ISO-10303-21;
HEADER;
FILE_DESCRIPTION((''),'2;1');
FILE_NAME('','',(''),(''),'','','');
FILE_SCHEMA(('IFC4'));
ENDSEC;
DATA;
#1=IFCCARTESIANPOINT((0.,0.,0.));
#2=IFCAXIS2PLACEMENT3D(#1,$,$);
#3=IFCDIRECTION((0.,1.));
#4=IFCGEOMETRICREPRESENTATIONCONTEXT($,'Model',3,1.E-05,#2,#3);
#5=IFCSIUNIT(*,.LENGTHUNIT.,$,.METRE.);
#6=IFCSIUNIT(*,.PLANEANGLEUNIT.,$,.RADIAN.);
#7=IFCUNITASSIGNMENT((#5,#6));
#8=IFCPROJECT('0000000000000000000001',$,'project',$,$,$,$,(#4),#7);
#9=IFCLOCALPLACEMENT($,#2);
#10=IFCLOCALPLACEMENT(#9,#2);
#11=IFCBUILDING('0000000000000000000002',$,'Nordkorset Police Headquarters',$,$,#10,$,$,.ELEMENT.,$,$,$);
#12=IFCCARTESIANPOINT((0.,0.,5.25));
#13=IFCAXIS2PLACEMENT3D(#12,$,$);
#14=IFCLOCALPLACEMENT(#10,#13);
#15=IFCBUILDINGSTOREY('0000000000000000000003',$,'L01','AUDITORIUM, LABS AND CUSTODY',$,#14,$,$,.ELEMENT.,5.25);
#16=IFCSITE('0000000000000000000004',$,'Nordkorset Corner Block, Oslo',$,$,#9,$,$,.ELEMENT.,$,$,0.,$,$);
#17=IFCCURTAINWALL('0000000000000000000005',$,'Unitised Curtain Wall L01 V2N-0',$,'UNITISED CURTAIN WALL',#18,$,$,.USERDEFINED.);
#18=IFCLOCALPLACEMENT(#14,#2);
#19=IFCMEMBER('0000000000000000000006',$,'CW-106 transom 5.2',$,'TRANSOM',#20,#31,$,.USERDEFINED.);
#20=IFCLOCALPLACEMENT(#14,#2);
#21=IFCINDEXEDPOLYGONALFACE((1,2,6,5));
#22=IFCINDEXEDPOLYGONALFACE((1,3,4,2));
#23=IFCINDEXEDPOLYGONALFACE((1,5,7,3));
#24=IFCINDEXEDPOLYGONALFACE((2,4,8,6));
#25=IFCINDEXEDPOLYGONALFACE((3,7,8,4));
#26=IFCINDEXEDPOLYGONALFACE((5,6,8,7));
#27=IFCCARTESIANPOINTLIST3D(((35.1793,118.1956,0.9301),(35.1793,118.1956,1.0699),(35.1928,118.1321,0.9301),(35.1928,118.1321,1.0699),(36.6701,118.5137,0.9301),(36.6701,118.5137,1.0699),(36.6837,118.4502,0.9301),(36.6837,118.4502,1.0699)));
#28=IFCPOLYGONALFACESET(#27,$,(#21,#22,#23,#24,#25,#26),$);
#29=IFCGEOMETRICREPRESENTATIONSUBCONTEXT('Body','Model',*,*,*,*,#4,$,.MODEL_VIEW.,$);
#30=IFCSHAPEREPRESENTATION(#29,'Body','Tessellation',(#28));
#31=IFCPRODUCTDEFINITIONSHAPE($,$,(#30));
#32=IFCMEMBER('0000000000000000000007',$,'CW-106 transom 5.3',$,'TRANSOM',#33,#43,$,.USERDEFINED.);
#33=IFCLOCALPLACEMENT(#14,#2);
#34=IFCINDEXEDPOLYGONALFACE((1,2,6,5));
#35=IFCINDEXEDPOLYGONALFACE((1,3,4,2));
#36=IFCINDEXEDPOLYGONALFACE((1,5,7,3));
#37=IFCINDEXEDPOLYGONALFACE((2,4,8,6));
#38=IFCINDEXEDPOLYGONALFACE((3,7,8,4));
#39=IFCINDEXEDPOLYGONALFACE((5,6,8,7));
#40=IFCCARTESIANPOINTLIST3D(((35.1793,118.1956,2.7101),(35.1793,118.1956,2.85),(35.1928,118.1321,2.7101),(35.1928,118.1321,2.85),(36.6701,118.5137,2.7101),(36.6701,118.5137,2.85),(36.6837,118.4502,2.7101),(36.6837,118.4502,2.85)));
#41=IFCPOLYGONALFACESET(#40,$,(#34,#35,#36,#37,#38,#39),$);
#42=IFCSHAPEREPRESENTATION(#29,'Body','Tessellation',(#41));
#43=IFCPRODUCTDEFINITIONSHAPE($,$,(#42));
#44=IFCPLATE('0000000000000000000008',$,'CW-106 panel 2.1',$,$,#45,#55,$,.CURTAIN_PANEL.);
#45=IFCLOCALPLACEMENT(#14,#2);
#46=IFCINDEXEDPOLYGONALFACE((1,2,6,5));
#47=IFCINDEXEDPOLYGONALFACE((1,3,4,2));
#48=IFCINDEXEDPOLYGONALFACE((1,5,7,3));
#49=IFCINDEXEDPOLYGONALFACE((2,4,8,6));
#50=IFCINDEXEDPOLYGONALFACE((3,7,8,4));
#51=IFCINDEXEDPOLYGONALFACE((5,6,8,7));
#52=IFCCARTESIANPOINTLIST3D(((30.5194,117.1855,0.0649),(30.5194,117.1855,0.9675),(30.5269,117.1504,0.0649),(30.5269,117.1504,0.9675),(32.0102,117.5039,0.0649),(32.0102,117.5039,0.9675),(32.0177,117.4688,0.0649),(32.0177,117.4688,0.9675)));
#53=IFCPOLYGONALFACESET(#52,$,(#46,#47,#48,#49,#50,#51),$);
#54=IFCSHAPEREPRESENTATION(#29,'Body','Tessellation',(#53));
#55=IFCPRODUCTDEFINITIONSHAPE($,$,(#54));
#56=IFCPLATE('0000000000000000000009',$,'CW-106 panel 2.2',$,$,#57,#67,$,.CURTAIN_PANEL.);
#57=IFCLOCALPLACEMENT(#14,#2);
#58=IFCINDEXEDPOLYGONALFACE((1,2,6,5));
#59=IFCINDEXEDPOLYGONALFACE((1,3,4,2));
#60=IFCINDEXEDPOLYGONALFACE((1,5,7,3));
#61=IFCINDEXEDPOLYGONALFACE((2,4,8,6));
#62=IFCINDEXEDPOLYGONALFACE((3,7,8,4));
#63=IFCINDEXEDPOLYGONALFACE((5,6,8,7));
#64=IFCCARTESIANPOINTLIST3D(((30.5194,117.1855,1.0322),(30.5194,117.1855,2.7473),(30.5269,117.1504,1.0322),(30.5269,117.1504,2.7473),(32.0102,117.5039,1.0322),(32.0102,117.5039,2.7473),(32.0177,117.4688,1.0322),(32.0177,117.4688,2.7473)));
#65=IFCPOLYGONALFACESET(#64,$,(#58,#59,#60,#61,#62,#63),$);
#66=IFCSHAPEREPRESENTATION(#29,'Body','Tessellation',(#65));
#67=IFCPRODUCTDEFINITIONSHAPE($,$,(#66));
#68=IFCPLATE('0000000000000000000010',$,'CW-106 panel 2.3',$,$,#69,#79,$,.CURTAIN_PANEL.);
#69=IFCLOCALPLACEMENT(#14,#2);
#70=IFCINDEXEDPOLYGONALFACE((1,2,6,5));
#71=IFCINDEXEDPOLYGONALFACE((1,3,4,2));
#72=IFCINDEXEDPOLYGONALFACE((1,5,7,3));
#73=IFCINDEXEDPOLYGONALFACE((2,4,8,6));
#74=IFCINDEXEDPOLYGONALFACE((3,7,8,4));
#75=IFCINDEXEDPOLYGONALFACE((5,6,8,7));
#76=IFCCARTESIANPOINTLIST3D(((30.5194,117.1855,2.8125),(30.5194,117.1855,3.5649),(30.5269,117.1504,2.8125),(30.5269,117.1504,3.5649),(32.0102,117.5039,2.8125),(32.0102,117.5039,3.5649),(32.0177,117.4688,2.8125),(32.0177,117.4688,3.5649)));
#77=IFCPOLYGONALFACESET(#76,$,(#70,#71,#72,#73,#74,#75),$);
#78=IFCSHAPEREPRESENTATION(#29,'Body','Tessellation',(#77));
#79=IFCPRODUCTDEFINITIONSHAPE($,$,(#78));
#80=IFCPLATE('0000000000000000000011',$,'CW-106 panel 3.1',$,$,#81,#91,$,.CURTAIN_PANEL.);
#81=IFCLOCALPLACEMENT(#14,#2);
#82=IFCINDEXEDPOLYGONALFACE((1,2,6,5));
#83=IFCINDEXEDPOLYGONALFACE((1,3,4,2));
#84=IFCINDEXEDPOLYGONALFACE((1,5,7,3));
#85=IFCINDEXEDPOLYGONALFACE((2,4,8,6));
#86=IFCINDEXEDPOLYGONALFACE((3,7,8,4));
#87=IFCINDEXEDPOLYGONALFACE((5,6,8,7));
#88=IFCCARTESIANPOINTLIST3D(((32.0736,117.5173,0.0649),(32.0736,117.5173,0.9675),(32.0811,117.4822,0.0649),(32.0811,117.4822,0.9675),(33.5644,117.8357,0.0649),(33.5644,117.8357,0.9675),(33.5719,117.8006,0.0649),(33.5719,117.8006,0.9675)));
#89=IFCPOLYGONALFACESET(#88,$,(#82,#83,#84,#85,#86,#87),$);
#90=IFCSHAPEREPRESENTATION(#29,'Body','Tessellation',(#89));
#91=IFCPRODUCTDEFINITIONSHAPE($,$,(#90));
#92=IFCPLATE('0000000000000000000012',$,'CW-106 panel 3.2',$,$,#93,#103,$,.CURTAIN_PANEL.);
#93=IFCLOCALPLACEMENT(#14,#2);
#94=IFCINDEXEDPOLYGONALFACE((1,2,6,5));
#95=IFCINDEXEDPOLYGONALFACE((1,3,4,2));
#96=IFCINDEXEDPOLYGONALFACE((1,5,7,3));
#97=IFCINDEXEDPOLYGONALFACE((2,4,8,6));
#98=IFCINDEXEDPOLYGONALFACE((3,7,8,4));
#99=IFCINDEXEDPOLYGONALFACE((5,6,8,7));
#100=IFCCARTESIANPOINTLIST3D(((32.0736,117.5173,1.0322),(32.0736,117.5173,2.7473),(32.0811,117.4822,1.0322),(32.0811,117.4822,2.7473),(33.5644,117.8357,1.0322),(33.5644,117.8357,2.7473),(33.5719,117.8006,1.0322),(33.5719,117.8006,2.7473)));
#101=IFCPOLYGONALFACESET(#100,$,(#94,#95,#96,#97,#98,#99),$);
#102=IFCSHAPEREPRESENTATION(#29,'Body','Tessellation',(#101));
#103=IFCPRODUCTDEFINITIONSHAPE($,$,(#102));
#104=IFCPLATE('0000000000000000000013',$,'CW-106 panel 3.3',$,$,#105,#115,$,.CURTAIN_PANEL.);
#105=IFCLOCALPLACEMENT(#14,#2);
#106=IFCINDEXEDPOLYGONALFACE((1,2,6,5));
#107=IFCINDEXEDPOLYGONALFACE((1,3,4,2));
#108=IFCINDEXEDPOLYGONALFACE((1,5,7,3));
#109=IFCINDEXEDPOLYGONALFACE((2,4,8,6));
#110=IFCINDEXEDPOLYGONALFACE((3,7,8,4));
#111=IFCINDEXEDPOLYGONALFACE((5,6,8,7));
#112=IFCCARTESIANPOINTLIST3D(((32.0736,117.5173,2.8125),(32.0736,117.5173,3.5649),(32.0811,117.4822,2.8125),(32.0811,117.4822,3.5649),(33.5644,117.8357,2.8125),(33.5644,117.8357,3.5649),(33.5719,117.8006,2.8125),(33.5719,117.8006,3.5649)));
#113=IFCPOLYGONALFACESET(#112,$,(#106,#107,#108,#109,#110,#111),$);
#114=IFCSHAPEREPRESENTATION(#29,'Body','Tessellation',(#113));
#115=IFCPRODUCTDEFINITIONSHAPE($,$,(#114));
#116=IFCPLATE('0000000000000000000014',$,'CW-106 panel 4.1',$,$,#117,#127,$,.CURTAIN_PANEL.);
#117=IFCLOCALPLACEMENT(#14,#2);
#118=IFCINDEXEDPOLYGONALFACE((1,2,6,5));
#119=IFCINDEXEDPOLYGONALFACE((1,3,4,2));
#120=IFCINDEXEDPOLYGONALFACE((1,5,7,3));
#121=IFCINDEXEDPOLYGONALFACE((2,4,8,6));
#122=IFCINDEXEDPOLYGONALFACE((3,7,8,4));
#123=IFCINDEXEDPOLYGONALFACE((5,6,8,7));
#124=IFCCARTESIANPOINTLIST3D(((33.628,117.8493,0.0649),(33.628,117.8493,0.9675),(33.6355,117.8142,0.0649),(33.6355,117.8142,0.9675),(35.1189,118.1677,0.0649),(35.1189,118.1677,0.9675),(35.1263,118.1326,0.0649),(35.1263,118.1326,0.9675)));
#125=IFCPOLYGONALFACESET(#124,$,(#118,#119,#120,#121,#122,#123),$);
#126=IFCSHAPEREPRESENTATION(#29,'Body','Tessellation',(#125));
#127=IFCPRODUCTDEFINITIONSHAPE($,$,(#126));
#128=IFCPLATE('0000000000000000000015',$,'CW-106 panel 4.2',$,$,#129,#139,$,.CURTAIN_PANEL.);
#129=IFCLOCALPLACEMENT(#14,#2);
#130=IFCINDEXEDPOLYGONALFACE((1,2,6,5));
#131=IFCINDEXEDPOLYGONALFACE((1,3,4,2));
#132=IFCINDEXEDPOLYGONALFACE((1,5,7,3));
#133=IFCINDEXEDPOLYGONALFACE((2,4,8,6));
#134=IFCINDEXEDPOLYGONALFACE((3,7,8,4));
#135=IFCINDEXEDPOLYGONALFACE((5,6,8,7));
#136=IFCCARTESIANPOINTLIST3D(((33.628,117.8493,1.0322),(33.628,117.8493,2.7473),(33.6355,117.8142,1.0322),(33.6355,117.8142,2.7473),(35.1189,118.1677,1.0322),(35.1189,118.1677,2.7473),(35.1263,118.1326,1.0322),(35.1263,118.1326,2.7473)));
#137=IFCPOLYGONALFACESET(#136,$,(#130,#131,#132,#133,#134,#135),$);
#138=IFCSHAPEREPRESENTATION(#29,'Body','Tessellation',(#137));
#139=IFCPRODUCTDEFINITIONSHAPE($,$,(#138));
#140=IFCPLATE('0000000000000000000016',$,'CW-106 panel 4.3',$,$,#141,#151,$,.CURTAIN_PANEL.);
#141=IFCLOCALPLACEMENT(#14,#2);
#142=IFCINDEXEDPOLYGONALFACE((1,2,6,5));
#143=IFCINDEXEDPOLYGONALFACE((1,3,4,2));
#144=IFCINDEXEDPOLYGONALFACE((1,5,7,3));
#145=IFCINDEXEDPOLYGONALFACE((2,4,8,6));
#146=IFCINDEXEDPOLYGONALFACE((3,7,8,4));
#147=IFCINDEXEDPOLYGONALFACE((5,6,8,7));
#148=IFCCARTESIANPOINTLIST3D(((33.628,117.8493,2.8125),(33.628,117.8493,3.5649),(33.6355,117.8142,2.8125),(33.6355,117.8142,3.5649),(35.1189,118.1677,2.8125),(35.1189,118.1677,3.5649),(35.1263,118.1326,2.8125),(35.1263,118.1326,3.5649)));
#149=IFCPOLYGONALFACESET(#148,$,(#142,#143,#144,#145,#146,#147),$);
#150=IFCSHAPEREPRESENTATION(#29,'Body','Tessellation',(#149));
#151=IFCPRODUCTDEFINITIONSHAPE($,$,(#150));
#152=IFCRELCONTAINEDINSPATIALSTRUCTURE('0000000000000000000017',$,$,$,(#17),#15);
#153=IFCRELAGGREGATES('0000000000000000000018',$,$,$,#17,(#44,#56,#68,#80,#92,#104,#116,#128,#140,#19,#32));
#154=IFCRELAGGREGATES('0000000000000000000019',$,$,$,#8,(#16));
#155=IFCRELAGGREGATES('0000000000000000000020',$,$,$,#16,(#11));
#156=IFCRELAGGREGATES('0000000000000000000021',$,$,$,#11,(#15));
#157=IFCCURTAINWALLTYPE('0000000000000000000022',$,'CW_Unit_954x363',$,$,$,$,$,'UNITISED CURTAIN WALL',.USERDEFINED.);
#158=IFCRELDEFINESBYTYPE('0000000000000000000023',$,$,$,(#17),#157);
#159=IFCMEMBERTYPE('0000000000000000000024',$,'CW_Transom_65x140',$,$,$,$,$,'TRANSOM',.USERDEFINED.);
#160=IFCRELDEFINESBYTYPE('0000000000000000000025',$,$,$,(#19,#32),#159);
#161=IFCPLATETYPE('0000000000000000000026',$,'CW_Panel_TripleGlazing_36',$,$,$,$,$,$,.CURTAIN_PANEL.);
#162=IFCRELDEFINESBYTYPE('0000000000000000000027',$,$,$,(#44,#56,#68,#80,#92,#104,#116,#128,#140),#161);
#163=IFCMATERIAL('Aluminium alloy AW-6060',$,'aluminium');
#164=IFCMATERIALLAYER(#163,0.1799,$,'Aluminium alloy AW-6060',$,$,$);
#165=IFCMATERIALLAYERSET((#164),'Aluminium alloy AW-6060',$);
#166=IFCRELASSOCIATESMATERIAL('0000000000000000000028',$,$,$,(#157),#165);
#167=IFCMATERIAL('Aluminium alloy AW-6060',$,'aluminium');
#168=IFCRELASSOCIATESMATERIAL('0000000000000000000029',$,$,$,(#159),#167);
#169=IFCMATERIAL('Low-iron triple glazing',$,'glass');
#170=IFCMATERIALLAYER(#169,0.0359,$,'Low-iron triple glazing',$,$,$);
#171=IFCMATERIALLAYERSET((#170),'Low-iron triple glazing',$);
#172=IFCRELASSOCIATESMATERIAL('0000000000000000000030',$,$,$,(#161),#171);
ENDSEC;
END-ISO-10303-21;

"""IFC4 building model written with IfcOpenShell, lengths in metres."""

from ifc_helpers import new_model, si_unit, direction, frame, origin, origin_2d, place, context, subcontext, project, spatial, rectangle, extrude, material, layer, layer_set, material_profile, profile_set, type_object, element, aggregate, save


model = new_model("IFC4")

# Units and contexts
model_context = context("Model", 3, precision=1e-05, world=origin(), true_north=direction((0.0, 1.0)))
body_context = subcontext(model_context, "Body", "Model", "MODEL_VIEW")
ifc_project = project(units=[si_unit("LENGTHUNIT", "METRE"), si_unit("PLANEANGLEUNIT", "RADIAN")], contexts=[model_context])

# Site, building, storey
site_placement = place(None, origin())
site = spatial("IfcSite", under=ifc_project, at=site_placement, Name="Nordkorset Corner Block, Oslo", CompositionType="ELEMENT", RefElevation=0.0)
building_placement = place(site_placement, origin())
building = spatial("IfcBuilding", under=site, at=building_placement, Name="Nordkorset Police Headquarters", CompositionType="ELEMENT")
storey_placement = place(building_placement, frame((0.0, 0.0, 5.25)))
storey = spatial("IfcBuildingStorey", under=building, at=storey_placement, Name="L01", Description="AUDITORIUM, LABS AND CUSTODY", CompositionType="ELEMENT", Elevation=5.25)

# Curtain wall, members, plates
ifc_material_1 = material(Name="Aluminium alloy AW-6060", Category="aluminium")
ifc_layer_1 = layer(ifc_material_1, 0.1799, Name="Aluminium alloy AW-6060")
ifc_layer_set_1 = layer_set([ifc_layer_1], Name="Aluminium alloy AW-6060")
curtain_wall_type = type_object("IfcCurtainWallType", Name="CW_Unit_954x363", ElementType="UNITISED CURTAIN WALL", PredefinedType="USERDEFINED", material=ifc_layer_set_1)
curtain_wall_placement = place(storey_placement, origin())
curtain_wall = element("IfcCurtainWall", 1, at=curtain_wall_placement, inside=storey, type_object=curtain_wall_type, Name="Unitised Curtain Wall L01 V2N-0", ObjectType="UNITISED CURTAIN WALL", PredefinedType="USERDEFINED")
ifc_material_2 = material(Name="Aluminium alloy AW-6060", Category="aluminium")
ifc_material_profile_1 = material_profile(ifc_material_2, rectangle(XDim=0.0649, YDim=0.1399, at=origin_2d()), Name="ALU TRAN 65x140")
ifc_profile_set_1 = profile_set([ifc_material_profile_1], Name="Aluminium alloy AW-6060")
member_type_1 = type_object("IfcMemberType", Name="CW_Transom_65x140", ElementType="TRANSOM", PredefinedType="USERDEFINED", material=ifc_profile_set_1)
member_1_placement = place(storey_placement, frame((35.186, 118.1638, 1.0), z_axis=(0.977987, 0.208665, 0.0), x_axis=(-0.208665, 0.977987, 0.0)))
member_1 = element("IfcMember", 2, at=member_1_placement, type_object=member_type_1, Name="CW-106 transom 5.2", ObjectType="TRANSOM", PredefinedType="USERDEFINED", context=body_context, shape_type="SweptSolid", body=[
    extrude(rectangle(XDim=0.0649, YDim=0.1399, at=origin_2d()), origin(), (0.0, 0.0, 1.0), 1.5244),
])
member_2_placement = place(storey_placement, frame((35.186, 118.1638, 2.78), z_axis=(0.977987, 0.208665, 0.0), x_axis=(-0.208665, 0.977987, 0.0)))
member_2 = element("IfcMember", 3, at=member_2_placement, type_object=member_type_1, Name="CW-106 transom 5.3", ObjectType="TRANSOM", PredefinedType="USERDEFINED", context=body_context, shape_type="SweptSolid", body=[
    extrude(rectangle(XDim=0.0649, YDim=0.1399, at=origin_2d()), origin(), (0.0, 0.0, 1.0), 1.5244),
])
ifc_material_3 = material(Name="Low-iron triple glazing", Category="glass")
ifc_layer_2 = layer(ifc_material_3, 0.0359, Name="Low-iron triple glazing")
ifc_layer_set_2 = layer_set([ifc_layer_2], Name="Low-iron triple glazing")
plate_type = type_object("IfcPlateType", Name="CW_Panel_TripleGlazing_36", PredefinedType="CURTAIN_PANEL", material=ifc_layer_set_2)
plate_1_placement = place(storey_placement, frame((31.2686, 117.3271, 0.0649), z_axis=(0.0, 0.0, 1.0), x_axis=(0.977951, 0.208833, 0.0)))
plate_1 = element("IfcPlate", 4, at=plate_1_placement, type_object=plate_type, Name="CW-106 panel 2.1", PredefinedType="CURTAIN_PANEL", context=body_context, shape_type="SweptSolid", body=[
    extrude(rectangle(XDim=1.5244, YDim=0.0359, at=origin_2d()), origin(), (0.0, 0.0, 1.0), 0.9026),
])
plate_2_placement = place(storey_placement, frame((31.2686, 117.3271, 1.0322), z_axis=(0.0, 0.0, 1.0), x_axis=(0.977951, 0.208833, 0.0)))
plate_2 = element("IfcPlate", 5, at=plate_2_placement, type_object=plate_type, Name="CW-106 panel 2.2", PredefinedType="CURTAIN_PANEL", context=body_context, shape_type="SweptSolid", body=[
    extrude(rectangle(XDim=1.5244, YDim=0.0359, at=origin_2d()), origin(), (0.0, 0.0, 1.0), 1.7151),
])
plate_3_placement = place(storey_placement, frame((31.2686, 117.3271, 2.8125), z_axis=(0.0, 0.0, 1.0), x_axis=(0.977951, 0.208833, 0.0)))
plate_3 = element("IfcPlate", 6, at=plate_3_placement, type_object=plate_type, Name="CW-106 panel 2.3", PredefinedType="CURTAIN_PANEL", context=body_context, shape_type="SweptSolid", body=[
    extrude(rectangle(XDim=1.5244, YDim=0.0359, at=origin_2d()), origin(), (0.0, 0.0, 1.0), 0.7524),
])
plate_4_placement = place(storey_placement, frame((32.8228, 117.6589, 0.0649), z_axis=(0.0, 0.0, 1.0), x_axis=(0.977951, 0.208833, 0.0)))
plate_4 = element("IfcPlate", 7, at=plate_4_placement, type_object=plate_type, Name="CW-106 panel 3.1", PredefinedType="CURTAIN_PANEL", context=body_context, shape_type="SweptSolid", body=[
    extrude(rectangle(XDim=1.5244, YDim=0.0359, at=origin_2d()), origin(), (0.0, 0.0, 1.0), 0.9026),
])
plate_5_placement = place(storey_placement, frame((32.8228, 117.6589, 1.0322), z_axis=(0.0, 0.0, 1.0), x_axis=(0.977951, 0.208833, 0.0)))
plate_5 = element("IfcPlate", 8, at=plate_5_placement, type_object=plate_type, Name="CW-106 panel 3.2", PredefinedType="CURTAIN_PANEL", context=body_context, shape_type="SweptSolid", body=[
    extrude(rectangle(XDim=1.5244, YDim=0.0359, at=origin_2d()), origin(), (0.0, 0.0, 1.0), 1.7151),
])
plate_6_placement = place(storey_placement, frame((32.8228, 117.6589, 2.8125), z_axis=(0.0, 0.0, 1.0), x_axis=(0.977951, 0.208833, 0.0)))
plate_6 = element("IfcPlate", 9, at=plate_6_placement, type_object=plate_type, Name="CW-106 panel 3.3", PredefinedType="CURTAIN_PANEL", context=body_context, shape_type="SweptSolid", body=[
    extrude(rectangle(XDim=1.5244, YDim=0.0359, at=origin_2d()), origin(), (0.0, 0.0, 1.0), 0.7524),
])
plate_7_placement = place(storey_placement, frame((34.3772, 117.991, 0.0649), z_axis=(0.0, 0.0, 1.0), x_axis=(0.977951, 0.208833, 0.0)))
plate_7 = element("IfcPlate", 10, at=plate_7_placement, type_object=plate_type, Name="CW-106 panel 4.1", PredefinedType="CURTAIN_PANEL", context=body_context, shape_type="SweptSolid", body=[
    extrude(rectangle(XDim=1.5244, YDim=0.0359, at=origin_2d()), origin(), (0.0, 0.0, 1.0), 0.9026),
])
plate_8_placement = place(storey_placement, frame((34.3772, 117.991, 1.0322), z_axis=(0.0, 0.0, 1.0), x_axis=(0.977951, 0.208833, 0.0)))
plate_8 = element("IfcPlate", 11, at=plate_8_placement, type_object=plate_type, Name="CW-106 panel 4.2", PredefinedType="CURTAIN_PANEL", context=body_context, shape_type="SweptSolid", body=[
    extrude(rectangle(XDim=1.5244, YDim=0.0359, at=origin_2d()), origin(), (0.0, 0.0, 1.0), 1.7151),
])
plate_9_placement = place(storey_placement, frame((34.3772, 117.991, 2.8125), z_axis=(0.0, 0.0, 1.0), x_axis=(0.977951, 0.208833, 0.0)))
plate_9 = element("IfcPlate", 12, at=plate_9_placement, type_object=plate_type, Name="CW-106 panel 4.3", PredefinedType="CURTAIN_PANEL", context=body_context, shape_type="SweptSolid", body=[
    extrude(rectangle(XDim=1.5244, YDim=0.0359, at=origin_2d()), origin(), (0.0, 0.0, 1.0), 0.7524),
])
aggregate(curtain_wall, [plate_1, plate_2, plate_3, plate_4, plate_5, plate_6, plate_7, plate_8, plate_9, member_1, member_2])

save(model, "model.ifc")
